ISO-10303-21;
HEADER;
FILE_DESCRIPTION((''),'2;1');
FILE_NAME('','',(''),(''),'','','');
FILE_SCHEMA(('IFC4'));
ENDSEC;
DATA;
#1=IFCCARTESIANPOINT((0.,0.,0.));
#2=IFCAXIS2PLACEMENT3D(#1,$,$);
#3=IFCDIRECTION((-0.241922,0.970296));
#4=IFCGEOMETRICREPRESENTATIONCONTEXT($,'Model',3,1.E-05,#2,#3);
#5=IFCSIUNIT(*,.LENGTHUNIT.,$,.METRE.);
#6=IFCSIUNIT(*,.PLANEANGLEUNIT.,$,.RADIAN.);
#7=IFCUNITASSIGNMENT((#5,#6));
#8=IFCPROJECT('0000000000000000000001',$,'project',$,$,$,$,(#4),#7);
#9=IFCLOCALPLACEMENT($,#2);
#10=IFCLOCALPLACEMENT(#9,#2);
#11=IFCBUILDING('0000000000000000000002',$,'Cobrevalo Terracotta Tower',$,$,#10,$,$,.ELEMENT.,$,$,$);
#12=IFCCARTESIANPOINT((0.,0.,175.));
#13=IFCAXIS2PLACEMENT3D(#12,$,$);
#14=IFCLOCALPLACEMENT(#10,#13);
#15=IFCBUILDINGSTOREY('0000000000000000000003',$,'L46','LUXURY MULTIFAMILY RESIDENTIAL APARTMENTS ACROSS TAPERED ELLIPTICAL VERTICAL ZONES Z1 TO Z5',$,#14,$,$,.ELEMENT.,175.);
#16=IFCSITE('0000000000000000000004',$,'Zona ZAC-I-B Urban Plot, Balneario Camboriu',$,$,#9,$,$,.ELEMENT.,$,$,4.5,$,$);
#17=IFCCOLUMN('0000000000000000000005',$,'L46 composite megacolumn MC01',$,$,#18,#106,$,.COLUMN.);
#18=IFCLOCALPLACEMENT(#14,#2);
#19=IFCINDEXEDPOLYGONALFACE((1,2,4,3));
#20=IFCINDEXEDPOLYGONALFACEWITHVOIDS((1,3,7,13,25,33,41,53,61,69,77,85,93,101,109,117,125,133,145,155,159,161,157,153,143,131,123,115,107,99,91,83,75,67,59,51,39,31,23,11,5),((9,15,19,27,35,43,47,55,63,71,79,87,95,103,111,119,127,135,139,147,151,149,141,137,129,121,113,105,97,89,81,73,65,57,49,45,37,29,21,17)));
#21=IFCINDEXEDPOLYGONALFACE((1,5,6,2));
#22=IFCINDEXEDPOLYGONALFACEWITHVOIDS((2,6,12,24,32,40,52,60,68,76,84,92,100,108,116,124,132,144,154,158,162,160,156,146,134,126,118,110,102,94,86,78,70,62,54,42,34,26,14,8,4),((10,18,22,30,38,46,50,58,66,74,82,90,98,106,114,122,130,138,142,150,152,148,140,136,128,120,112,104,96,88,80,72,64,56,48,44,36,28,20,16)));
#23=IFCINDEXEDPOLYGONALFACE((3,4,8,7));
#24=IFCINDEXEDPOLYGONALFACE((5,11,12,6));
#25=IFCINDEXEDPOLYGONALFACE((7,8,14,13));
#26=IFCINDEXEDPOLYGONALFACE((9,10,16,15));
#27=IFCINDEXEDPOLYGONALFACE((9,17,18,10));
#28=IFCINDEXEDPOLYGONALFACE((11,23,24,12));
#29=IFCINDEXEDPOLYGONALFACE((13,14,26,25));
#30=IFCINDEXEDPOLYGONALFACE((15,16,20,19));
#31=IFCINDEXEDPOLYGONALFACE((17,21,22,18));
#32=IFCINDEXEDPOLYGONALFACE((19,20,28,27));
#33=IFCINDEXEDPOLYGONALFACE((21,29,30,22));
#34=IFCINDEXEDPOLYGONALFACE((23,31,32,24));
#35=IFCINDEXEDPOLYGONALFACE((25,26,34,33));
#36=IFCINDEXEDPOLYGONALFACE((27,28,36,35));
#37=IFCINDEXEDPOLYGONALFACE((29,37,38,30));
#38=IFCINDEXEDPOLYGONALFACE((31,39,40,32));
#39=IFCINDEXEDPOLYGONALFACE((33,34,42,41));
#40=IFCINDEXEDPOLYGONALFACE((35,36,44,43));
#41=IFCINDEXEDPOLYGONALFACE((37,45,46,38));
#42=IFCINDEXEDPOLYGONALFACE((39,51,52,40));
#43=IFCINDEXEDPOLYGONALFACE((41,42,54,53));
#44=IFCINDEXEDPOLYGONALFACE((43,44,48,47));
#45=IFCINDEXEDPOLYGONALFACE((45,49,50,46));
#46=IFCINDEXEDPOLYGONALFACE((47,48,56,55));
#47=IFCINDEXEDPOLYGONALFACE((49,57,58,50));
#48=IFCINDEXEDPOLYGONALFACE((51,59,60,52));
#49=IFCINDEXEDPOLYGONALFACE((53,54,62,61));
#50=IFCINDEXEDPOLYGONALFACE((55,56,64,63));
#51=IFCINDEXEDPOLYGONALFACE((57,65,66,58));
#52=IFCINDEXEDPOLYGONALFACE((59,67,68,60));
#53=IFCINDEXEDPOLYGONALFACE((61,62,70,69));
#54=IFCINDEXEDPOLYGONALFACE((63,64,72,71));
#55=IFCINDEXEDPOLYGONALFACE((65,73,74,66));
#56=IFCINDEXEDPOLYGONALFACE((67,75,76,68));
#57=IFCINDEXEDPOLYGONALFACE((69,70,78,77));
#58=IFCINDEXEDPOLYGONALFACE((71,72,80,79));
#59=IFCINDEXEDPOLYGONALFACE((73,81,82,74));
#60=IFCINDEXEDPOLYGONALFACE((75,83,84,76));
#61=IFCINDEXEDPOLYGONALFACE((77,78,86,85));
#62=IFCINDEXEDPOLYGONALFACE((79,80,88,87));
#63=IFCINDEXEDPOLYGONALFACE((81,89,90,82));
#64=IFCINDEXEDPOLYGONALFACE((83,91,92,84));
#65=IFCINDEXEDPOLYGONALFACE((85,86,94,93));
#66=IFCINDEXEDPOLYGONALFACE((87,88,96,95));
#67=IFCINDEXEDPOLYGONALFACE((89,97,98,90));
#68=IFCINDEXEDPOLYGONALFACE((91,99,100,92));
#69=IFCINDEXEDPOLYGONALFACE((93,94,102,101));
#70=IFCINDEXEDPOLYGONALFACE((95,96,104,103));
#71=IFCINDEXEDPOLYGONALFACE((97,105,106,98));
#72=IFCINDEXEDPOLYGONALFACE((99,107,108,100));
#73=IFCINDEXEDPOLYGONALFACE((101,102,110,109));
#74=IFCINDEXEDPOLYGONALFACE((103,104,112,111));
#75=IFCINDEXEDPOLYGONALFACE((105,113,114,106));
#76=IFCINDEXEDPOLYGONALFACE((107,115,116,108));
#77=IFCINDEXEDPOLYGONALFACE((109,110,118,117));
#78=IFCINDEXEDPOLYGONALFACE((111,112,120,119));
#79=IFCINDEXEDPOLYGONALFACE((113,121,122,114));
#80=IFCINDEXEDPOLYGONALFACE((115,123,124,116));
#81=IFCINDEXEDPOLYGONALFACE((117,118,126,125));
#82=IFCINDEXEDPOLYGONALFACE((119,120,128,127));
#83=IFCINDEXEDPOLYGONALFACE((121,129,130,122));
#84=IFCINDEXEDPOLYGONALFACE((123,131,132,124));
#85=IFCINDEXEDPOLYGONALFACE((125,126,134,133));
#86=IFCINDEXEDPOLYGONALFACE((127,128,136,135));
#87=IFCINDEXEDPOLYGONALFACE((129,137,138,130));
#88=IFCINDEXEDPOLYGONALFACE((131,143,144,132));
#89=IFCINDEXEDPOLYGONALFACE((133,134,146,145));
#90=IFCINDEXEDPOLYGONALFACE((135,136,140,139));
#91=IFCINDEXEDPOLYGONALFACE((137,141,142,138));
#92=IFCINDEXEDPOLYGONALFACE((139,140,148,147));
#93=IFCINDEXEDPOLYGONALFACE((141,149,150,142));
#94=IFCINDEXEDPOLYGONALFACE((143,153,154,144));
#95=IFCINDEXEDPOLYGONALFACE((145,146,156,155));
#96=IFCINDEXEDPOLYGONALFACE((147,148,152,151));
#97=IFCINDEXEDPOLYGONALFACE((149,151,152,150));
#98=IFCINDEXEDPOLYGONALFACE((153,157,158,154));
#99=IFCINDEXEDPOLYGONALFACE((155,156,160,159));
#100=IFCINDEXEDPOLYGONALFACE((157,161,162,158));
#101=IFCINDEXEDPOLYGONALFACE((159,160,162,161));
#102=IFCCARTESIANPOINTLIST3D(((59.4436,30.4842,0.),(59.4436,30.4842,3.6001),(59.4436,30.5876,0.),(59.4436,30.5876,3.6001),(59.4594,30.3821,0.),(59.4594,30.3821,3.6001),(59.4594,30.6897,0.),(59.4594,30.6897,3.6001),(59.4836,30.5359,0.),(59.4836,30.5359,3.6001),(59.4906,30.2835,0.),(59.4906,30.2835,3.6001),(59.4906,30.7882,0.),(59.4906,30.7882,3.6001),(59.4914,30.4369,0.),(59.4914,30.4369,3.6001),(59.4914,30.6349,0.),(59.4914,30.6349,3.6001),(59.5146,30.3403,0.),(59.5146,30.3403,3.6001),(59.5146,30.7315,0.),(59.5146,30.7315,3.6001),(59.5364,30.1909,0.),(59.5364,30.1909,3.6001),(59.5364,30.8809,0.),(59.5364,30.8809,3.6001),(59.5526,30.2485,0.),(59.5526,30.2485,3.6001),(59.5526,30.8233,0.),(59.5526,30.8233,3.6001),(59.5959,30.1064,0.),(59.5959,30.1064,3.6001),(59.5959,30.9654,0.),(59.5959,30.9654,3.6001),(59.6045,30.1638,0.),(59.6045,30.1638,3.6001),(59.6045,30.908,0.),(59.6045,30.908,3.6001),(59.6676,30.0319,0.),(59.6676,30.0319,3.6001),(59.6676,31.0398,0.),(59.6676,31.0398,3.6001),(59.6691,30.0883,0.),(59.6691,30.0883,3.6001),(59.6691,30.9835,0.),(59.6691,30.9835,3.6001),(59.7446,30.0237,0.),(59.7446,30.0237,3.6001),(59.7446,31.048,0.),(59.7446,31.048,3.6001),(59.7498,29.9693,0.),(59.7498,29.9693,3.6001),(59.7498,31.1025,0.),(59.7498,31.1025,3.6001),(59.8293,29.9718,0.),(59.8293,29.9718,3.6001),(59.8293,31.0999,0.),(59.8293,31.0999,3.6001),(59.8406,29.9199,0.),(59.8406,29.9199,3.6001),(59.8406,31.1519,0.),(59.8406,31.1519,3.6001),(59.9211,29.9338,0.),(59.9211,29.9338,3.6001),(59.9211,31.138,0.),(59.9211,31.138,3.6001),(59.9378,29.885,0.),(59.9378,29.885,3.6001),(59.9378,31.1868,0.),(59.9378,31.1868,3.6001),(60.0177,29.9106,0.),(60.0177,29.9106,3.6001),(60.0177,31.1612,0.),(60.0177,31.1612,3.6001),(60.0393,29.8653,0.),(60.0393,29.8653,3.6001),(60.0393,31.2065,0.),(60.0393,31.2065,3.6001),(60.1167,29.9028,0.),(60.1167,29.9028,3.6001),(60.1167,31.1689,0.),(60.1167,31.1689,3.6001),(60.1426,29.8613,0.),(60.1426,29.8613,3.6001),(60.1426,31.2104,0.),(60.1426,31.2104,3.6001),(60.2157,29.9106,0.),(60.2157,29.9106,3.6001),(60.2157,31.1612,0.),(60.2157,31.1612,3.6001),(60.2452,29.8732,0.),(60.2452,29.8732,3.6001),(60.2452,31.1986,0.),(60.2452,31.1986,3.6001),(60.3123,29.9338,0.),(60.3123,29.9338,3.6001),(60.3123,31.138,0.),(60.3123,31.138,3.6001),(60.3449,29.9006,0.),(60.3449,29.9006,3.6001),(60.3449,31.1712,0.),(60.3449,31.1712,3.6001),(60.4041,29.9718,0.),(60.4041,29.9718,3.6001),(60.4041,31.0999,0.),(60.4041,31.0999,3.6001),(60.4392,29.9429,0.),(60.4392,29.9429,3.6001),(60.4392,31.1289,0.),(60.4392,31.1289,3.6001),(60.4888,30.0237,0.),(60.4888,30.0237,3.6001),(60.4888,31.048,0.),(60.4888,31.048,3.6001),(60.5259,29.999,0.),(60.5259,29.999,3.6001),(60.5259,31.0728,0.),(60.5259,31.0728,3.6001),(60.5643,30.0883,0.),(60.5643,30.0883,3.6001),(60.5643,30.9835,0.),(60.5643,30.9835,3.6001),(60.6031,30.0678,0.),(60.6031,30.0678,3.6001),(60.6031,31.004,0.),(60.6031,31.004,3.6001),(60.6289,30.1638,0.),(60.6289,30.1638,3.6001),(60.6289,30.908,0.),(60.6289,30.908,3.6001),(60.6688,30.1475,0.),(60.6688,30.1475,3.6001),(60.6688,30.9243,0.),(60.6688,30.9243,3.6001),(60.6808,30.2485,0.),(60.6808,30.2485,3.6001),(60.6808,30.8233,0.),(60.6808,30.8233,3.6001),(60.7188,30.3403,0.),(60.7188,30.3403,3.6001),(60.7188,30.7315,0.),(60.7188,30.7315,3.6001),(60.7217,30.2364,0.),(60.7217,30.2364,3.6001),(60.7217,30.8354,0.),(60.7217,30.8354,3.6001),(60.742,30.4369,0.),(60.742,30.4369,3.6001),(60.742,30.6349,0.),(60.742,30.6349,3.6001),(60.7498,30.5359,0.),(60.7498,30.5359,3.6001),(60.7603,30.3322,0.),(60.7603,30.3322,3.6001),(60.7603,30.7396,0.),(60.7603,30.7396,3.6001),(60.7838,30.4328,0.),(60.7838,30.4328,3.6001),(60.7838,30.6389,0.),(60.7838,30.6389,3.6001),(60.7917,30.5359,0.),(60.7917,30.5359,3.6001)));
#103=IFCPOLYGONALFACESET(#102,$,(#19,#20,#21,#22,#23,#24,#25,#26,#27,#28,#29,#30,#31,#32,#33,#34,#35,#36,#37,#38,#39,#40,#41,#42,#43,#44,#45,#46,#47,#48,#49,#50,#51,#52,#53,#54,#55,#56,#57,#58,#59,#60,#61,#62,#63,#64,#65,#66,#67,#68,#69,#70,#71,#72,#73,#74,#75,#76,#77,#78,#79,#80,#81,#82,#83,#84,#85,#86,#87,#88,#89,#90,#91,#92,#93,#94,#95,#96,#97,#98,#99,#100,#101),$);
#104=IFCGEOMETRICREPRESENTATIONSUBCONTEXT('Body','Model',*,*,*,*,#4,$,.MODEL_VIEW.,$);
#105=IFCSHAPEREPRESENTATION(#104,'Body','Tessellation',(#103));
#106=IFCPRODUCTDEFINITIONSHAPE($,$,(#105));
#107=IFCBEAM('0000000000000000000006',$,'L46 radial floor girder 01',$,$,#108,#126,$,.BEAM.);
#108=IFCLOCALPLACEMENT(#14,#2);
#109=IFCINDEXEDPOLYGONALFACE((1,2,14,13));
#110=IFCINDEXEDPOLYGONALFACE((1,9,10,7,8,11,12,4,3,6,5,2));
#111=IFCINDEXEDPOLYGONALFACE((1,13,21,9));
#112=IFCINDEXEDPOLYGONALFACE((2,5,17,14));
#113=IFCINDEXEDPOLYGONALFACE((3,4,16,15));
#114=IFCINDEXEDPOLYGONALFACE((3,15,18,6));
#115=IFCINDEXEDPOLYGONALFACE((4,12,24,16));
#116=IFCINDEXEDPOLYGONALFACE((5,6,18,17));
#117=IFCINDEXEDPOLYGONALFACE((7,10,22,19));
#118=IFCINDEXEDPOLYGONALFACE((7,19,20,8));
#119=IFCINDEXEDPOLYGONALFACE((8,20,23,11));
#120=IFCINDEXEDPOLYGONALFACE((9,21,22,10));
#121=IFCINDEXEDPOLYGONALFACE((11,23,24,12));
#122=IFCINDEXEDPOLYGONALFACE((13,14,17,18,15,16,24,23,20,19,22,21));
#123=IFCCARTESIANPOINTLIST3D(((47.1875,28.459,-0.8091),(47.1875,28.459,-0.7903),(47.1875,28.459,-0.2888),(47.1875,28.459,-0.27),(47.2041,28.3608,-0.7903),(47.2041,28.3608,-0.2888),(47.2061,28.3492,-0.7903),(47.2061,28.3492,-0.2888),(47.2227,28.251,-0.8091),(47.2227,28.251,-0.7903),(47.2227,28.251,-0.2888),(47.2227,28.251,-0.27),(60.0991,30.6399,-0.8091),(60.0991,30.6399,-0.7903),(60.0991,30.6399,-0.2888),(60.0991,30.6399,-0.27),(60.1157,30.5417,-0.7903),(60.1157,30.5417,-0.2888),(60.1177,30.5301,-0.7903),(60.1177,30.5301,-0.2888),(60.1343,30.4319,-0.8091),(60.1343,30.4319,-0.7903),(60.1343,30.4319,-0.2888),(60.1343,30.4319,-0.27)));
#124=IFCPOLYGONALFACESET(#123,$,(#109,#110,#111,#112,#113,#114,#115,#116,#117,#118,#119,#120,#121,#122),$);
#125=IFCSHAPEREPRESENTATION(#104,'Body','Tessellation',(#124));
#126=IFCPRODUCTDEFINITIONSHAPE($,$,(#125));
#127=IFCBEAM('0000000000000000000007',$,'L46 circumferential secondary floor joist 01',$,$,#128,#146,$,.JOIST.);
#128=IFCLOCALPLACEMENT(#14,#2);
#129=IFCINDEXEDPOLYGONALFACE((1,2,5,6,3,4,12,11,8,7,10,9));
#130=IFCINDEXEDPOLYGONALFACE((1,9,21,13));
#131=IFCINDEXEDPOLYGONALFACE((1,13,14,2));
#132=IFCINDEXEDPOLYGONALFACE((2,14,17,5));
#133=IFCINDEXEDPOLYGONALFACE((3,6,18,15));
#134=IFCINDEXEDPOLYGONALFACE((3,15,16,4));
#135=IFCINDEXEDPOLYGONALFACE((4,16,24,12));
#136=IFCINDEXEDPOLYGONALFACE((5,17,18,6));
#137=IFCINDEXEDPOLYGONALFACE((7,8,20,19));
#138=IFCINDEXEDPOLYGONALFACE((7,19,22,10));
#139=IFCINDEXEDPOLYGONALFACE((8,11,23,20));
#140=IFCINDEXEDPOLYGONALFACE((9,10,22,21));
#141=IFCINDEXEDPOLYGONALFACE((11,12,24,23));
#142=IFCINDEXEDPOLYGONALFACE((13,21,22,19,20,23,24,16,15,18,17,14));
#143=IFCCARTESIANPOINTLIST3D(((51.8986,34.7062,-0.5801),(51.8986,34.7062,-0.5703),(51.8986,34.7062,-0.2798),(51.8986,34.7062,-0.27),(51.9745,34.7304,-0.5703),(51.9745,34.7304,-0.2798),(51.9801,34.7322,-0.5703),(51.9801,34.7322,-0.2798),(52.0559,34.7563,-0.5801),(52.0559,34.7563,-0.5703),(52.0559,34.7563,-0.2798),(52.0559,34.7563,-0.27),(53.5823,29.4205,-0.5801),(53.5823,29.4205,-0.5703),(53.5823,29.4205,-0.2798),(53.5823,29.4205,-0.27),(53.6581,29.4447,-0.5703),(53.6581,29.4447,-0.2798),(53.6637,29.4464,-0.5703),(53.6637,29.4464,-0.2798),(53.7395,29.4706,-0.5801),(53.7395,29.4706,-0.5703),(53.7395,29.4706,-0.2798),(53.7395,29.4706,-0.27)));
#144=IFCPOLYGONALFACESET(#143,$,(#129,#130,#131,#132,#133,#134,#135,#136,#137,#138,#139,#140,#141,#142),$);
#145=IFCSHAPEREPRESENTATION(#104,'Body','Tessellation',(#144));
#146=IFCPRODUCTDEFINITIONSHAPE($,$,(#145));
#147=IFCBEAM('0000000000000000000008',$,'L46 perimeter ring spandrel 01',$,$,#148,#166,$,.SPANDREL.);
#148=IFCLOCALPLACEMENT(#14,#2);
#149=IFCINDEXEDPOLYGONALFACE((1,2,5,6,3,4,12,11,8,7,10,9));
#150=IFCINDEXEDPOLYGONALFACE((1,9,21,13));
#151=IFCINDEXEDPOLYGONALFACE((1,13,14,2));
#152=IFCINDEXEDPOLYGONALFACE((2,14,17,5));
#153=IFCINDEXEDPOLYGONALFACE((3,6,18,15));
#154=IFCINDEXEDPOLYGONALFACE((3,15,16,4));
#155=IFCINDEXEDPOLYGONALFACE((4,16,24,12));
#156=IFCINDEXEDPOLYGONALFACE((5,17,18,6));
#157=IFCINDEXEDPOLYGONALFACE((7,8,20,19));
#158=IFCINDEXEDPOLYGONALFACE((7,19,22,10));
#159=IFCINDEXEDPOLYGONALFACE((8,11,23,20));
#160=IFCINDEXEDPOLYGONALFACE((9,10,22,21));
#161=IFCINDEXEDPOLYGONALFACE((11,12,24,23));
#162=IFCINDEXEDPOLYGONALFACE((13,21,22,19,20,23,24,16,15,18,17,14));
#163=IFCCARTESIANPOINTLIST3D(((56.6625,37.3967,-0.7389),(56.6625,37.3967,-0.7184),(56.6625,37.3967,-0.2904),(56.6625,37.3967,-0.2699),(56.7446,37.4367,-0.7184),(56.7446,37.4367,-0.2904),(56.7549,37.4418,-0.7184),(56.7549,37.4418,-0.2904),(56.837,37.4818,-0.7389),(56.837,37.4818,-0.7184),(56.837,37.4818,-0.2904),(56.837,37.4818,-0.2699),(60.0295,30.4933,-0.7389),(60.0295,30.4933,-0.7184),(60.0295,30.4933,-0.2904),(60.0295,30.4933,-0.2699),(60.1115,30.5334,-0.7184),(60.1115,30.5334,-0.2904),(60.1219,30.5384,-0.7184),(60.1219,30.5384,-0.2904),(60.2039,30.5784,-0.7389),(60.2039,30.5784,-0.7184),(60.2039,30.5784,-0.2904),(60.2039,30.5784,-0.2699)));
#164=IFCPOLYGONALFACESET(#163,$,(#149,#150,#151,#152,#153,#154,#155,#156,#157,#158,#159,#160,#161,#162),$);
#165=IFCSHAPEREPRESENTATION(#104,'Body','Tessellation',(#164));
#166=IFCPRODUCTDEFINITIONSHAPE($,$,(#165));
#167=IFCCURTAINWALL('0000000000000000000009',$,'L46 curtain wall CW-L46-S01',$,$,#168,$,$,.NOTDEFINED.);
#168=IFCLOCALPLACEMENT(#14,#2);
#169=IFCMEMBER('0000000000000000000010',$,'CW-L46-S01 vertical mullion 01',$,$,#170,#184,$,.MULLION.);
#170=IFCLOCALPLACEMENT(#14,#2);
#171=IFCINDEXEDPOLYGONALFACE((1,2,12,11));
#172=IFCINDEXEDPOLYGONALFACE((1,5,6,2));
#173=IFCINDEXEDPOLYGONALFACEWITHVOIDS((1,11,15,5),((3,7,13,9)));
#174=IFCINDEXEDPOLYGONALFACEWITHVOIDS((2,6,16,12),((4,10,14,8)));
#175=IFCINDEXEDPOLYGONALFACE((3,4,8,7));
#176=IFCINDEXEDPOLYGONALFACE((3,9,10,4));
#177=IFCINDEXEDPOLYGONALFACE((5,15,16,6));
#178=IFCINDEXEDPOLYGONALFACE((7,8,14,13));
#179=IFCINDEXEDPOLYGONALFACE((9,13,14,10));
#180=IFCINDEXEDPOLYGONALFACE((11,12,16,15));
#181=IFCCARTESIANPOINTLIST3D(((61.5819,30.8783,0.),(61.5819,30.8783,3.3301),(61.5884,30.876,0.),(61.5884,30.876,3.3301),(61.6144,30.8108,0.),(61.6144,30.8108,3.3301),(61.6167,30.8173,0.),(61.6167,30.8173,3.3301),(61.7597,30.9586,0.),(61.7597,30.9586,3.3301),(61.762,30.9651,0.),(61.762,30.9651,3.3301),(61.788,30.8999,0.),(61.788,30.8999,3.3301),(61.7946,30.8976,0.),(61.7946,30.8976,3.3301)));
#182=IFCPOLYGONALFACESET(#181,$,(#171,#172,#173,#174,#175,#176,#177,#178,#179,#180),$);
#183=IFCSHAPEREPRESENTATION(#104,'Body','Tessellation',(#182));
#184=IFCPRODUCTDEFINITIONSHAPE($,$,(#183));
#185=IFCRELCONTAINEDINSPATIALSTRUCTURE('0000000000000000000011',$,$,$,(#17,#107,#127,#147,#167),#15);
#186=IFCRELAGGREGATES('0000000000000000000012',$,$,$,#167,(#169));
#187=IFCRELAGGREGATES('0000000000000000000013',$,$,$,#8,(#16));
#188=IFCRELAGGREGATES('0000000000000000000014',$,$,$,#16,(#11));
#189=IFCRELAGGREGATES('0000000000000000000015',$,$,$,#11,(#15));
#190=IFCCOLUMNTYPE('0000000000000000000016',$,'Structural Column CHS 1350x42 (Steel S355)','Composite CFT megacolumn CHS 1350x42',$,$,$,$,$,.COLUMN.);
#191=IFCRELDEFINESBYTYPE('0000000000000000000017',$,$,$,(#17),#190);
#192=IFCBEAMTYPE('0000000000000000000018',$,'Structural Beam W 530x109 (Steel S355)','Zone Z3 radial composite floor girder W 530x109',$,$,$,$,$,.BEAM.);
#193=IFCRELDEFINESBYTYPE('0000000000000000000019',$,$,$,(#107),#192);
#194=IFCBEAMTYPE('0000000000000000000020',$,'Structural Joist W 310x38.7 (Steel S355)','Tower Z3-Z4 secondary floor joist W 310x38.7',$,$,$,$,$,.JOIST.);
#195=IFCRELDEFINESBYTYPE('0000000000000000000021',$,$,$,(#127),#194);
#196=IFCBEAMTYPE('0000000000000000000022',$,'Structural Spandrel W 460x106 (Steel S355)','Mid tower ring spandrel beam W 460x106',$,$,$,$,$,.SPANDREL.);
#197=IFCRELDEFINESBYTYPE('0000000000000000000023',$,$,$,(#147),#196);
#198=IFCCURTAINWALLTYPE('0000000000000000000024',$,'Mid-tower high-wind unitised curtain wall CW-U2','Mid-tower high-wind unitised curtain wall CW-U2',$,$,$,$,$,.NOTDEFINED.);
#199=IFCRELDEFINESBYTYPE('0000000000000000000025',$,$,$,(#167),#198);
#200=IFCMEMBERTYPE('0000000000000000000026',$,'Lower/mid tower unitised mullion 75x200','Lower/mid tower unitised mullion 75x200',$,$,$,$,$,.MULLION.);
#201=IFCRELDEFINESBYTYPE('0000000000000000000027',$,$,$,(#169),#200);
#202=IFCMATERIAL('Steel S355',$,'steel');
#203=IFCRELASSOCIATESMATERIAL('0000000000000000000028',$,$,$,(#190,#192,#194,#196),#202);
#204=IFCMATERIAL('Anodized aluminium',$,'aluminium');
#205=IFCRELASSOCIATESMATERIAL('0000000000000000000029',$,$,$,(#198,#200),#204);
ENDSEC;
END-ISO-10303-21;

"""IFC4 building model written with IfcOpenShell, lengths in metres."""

from ifc_helpers import new_model, si_unit, direction, frame, origin, origin_2d, place, context, subcontext, project, spatial, hollow_rectangle, hollow_circle, i_section, extrude, source, transform, mapped, material, material_profile, profile_set, type_object, element, aggregate, save


model = new_model("IFC4")

# Units and contexts
model_context = context("Model", 3, precision=1e-05, world=origin(), true_north=direction((-0.241922, 0.970296)))
body_context = subcontext(model_context, "Body", "Model", "MODEL_VIEW")
ifc_project = project(units=[si_unit("LENGTHUNIT", "METRE"), si_unit("PLANEANGLEUNIT", "RADIAN")], contexts=[model_context])

# Site, building, storey
site_placement = place(None, origin())
site = spatial("IfcSite", under=ifc_project, at=site_placement, Name="Zona ZAC-I-B Urban Plot, Balneario Camboriu", CompositionType="ELEMENT", RefElevation=4.5)
building_placement = place(site_placement, origin())
building = spatial("IfcBuilding", under=site, at=building_placement, Name="Cobrevalo Terracotta Tower", CompositionType="ELEMENT")
storey_placement = place(building_placement, frame((0.0, 0.0, 175.0)))
storey = spatial("IfcBuildingStorey", under=building, at=storey_placement, Name="L46", Description="LUXURY MULTIFAMILY RESIDENTIAL APARTMENTS ACROSS TAPERED ELLIPTICAL VERTICAL ZONES Z1 TO Z5", CompositionType="ELEMENT", Elevation=175.0)

# Column
ifc_material_1 = material(Name="Steel S355", Category="steel")
ifc_material_profile_1 = material_profile(ifc_material_1, hollow_circle(Radius=0.675, WallThickness=0.042, at=origin_2d()), Name="CHS 1350x42")
ifc_profile_set_1 = profile_set([ifc_material_profile_1], Name="Steel S355")
column_type = type_object("IfcColumnType", Name="Structural Column CHS 1350x42 (Steel S355)", Description="Composite CFT megacolumn CHS 1350x42", PredefinedType="COLUMN", material=ifc_profile_set_1)
column_placement = place(storey_placement, frame((60.1167, 30.5359, 0.0), z_axis=(0.0, 0.0, 1.0), x_axis=(1.0, 0.0, 0.0)))
element("IfcColumn", 1, at=column_placement, inside=storey, type_object=column_type, Name="L46 composite megacolumn MC01", PredefinedType="COLUMN", context=body_context, shape_type="SweptSolid", body=[
    extrude(hollow_circle(Radius=0.675, WallThickness=0.042, at=origin_2d()), origin(), (0.0, 0.0, 1.0), 3.6001),
])

# Beams
ifc_material_profile_2 = material_profile(ifc_material_1, i_section(OverallWidth=0.2109, OverallDepth=0.5391, WebThickness=0.0117, FlangeThickness=0.0188, at=origin_2d()), Name="W 530x109")
ifc_profile_set_2 = profile_set([ifc_material_profile_2], Name="Steel S355")
beam_type_1 = type_object("IfcBeamType", Name="Structural Beam W 530x109 (Steel S355)", Description="Zone Z3 radial composite floor girder W 530x109", PredefinedType="BEAM", material=ifc_profile_set_2)
beam_1_placement = place(storey_placement, frame((60.1167, 30.5359, -0.5396), z_axis=(-0.986033, -0.166551, 0.0), x_axis=(0.166551, -0.986033, 0.0)))
element("IfcBeam", 2, at=beam_1_placement, inside=storey, type_object=beam_type_1, Name="L46 radial floor girder 01", PredefinedType="BEAM", context=body_context, shape_type="SweptSolid", body=[
    extrude(i_section(OverallWidth=0.2109, OverallDepth=0.5391, WebThickness=0.0117, FlangeThickness=0.0188, at=origin_2d()), origin(), (0.0, 0.0, 1.0), 13.0945),
])
ifc_material_profile_3 = material_profile(ifc_material_1, i_section(OverallWidth=0.165, OverallDepth=0.3101, WebThickness=0.0059, FlangeThickness=0.0098, at=origin_2d()), Name="W 310x38.7")
ifc_profile_set_3 = profile_set([ifc_material_profile_3], Name="Steel S355")
beam_type_2 = type_object("IfcBeamType", Name="Structural Joist W 310x38.7 (Steel S355)", Description="Tower Z3-Z4 secondary floor joist W 310x38.7", PredefinedType="JOIST", material=ifc_profile_set_3)
beam_2_placement = place(storey_placement, frame((53.6609, 29.4456, -0.425), z_axis=(-0.303498, 0.952832, 0.0), x_axis=(-0.952832, -0.303498, 0.0)))
element("IfcBeam", 3, at=beam_2_placement, inside=storey, type_object=beam_type_2, Name="L46 circumferential secondary floor joist 01", PredefinedType="JOIST", context=body_context, shape_type="SweptSolid", body=[
    extrude(i_section(OverallWidth=0.165, OverallDepth=0.3101, WebThickness=0.0059, FlangeThickness=0.0098, at=origin_2d()), origin(), (0.0, 0.0, 1.0), 5.5474),
])
ifc_material_profile_4 = material_profile(ifc_material_1, i_section(OverallWidth=0.1941, OverallDepth=0.469, WebThickness=0.0115, FlangeThickness=0.0205, at=origin_2d()), Name="W 460x106")
ifc_profile_set_4 = profile_set([ifc_material_profile_4], Name="Steel S355")
beam_type_3 = type_object("IfcBeamType", Name="Structural Spandrel W 460x106 (Steel S355)", Description="Mid tower ring spandrel beam W 460x106", PredefinedType="SPANDREL", material=ifc_profile_set_4)
beam_3_placement = place(storey_placement, frame((60.1167, 30.5359, -0.5044), z_axis=(-0.438368, 0.898796, 0.0), x_axis=(-0.898796, -0.438368, 0.0)))
element("IfcBeam", 4, at=beam_3_placement, inside=storey, type_object=beam_type_3, Name="L46 perimeter ring spandrel 01", PredefinedType="SPANDREL", context=body_context, shape_type="SweptSolid", body=[
    extrude(i_section(OverallWidth=0.1941, OverallDepth=0.469, WebThickness=0.0115, FlangeThickness=0.0205, at=origin_2d()), origin(), (0.0, 0.0, 1.0), 7.6807),
])

# Curtain wall, member
ifc_material_2 = material(Name="Anodized aluminium", Category="aluminium")
curtain_wall_type = type_object("IfcCurtainWallType", Name="Mid-tower high-wind unitised curtain wall CW-U2", Description="Mid-tower high-wind unitised curtain wall CW-U2", PredefinedType="NOTDEFINED", material=ifc_material_2)
curtain_wall_1_placement = place(storey_placement, origin())
curtain_wall_1 = element("IfcCurtainWall", 5, at=curtain_wall_1_placement, inside=storey, type_object=curtain_wall_type, Name="L46 curtain wall CW-L46-S01", PredefinedType="NOTDEFINED")
ifc_material_profile_5 = material_profile(ifc_material_2, hollow_rectangle(XDim=0.075, YDim=0.2, WallThickness=0.0049, at=origin_2d()), Name="CWM 75x200")
ifc_profile_set_5 = profile_set([ifc_material_profile_5], Name="Anodized aluminium")
member_type_1 = type_object("IfcMemberType", Name="Lower/mid tower unitised mullion 75x200", Description="Lower/mid tower unitised mullion 75x200", PredefinedType="MULLION", material=ifc_profile_set_5)
shared_shape_1 = source(origin(), body_context, "Body", "SweptSolid", [
    extrude(hollow_rectangle(XDim=0.075, YDim=0.2, WallThickness=0.0049, at=origin_2d()), origin(), (0.0, 0.0, 1.0), 3.3301),
])
member_1_placement = place(storey_placement, frame((61.6882, 30.8879, 0.0), z_axis=(0.0, 0.0, 1.0), x_axis=(-0.434209, 0.900812, 0.0)))
member_1 = element("IfcMember", 6, at=member_1_placement, type_object=member_type_1, Name="CW-L46-S01 vertical mullion 01", PredefinedType="MULLION", context=body_context, shape_type="MappedRepresentation", body=[
    mapped(shared_shape_1, transform((0.0, 0.0, 0.0), scale=1.0)),
])

aggregate(curtain_wall_1, [member_1])

save(model, "model.ifc")
